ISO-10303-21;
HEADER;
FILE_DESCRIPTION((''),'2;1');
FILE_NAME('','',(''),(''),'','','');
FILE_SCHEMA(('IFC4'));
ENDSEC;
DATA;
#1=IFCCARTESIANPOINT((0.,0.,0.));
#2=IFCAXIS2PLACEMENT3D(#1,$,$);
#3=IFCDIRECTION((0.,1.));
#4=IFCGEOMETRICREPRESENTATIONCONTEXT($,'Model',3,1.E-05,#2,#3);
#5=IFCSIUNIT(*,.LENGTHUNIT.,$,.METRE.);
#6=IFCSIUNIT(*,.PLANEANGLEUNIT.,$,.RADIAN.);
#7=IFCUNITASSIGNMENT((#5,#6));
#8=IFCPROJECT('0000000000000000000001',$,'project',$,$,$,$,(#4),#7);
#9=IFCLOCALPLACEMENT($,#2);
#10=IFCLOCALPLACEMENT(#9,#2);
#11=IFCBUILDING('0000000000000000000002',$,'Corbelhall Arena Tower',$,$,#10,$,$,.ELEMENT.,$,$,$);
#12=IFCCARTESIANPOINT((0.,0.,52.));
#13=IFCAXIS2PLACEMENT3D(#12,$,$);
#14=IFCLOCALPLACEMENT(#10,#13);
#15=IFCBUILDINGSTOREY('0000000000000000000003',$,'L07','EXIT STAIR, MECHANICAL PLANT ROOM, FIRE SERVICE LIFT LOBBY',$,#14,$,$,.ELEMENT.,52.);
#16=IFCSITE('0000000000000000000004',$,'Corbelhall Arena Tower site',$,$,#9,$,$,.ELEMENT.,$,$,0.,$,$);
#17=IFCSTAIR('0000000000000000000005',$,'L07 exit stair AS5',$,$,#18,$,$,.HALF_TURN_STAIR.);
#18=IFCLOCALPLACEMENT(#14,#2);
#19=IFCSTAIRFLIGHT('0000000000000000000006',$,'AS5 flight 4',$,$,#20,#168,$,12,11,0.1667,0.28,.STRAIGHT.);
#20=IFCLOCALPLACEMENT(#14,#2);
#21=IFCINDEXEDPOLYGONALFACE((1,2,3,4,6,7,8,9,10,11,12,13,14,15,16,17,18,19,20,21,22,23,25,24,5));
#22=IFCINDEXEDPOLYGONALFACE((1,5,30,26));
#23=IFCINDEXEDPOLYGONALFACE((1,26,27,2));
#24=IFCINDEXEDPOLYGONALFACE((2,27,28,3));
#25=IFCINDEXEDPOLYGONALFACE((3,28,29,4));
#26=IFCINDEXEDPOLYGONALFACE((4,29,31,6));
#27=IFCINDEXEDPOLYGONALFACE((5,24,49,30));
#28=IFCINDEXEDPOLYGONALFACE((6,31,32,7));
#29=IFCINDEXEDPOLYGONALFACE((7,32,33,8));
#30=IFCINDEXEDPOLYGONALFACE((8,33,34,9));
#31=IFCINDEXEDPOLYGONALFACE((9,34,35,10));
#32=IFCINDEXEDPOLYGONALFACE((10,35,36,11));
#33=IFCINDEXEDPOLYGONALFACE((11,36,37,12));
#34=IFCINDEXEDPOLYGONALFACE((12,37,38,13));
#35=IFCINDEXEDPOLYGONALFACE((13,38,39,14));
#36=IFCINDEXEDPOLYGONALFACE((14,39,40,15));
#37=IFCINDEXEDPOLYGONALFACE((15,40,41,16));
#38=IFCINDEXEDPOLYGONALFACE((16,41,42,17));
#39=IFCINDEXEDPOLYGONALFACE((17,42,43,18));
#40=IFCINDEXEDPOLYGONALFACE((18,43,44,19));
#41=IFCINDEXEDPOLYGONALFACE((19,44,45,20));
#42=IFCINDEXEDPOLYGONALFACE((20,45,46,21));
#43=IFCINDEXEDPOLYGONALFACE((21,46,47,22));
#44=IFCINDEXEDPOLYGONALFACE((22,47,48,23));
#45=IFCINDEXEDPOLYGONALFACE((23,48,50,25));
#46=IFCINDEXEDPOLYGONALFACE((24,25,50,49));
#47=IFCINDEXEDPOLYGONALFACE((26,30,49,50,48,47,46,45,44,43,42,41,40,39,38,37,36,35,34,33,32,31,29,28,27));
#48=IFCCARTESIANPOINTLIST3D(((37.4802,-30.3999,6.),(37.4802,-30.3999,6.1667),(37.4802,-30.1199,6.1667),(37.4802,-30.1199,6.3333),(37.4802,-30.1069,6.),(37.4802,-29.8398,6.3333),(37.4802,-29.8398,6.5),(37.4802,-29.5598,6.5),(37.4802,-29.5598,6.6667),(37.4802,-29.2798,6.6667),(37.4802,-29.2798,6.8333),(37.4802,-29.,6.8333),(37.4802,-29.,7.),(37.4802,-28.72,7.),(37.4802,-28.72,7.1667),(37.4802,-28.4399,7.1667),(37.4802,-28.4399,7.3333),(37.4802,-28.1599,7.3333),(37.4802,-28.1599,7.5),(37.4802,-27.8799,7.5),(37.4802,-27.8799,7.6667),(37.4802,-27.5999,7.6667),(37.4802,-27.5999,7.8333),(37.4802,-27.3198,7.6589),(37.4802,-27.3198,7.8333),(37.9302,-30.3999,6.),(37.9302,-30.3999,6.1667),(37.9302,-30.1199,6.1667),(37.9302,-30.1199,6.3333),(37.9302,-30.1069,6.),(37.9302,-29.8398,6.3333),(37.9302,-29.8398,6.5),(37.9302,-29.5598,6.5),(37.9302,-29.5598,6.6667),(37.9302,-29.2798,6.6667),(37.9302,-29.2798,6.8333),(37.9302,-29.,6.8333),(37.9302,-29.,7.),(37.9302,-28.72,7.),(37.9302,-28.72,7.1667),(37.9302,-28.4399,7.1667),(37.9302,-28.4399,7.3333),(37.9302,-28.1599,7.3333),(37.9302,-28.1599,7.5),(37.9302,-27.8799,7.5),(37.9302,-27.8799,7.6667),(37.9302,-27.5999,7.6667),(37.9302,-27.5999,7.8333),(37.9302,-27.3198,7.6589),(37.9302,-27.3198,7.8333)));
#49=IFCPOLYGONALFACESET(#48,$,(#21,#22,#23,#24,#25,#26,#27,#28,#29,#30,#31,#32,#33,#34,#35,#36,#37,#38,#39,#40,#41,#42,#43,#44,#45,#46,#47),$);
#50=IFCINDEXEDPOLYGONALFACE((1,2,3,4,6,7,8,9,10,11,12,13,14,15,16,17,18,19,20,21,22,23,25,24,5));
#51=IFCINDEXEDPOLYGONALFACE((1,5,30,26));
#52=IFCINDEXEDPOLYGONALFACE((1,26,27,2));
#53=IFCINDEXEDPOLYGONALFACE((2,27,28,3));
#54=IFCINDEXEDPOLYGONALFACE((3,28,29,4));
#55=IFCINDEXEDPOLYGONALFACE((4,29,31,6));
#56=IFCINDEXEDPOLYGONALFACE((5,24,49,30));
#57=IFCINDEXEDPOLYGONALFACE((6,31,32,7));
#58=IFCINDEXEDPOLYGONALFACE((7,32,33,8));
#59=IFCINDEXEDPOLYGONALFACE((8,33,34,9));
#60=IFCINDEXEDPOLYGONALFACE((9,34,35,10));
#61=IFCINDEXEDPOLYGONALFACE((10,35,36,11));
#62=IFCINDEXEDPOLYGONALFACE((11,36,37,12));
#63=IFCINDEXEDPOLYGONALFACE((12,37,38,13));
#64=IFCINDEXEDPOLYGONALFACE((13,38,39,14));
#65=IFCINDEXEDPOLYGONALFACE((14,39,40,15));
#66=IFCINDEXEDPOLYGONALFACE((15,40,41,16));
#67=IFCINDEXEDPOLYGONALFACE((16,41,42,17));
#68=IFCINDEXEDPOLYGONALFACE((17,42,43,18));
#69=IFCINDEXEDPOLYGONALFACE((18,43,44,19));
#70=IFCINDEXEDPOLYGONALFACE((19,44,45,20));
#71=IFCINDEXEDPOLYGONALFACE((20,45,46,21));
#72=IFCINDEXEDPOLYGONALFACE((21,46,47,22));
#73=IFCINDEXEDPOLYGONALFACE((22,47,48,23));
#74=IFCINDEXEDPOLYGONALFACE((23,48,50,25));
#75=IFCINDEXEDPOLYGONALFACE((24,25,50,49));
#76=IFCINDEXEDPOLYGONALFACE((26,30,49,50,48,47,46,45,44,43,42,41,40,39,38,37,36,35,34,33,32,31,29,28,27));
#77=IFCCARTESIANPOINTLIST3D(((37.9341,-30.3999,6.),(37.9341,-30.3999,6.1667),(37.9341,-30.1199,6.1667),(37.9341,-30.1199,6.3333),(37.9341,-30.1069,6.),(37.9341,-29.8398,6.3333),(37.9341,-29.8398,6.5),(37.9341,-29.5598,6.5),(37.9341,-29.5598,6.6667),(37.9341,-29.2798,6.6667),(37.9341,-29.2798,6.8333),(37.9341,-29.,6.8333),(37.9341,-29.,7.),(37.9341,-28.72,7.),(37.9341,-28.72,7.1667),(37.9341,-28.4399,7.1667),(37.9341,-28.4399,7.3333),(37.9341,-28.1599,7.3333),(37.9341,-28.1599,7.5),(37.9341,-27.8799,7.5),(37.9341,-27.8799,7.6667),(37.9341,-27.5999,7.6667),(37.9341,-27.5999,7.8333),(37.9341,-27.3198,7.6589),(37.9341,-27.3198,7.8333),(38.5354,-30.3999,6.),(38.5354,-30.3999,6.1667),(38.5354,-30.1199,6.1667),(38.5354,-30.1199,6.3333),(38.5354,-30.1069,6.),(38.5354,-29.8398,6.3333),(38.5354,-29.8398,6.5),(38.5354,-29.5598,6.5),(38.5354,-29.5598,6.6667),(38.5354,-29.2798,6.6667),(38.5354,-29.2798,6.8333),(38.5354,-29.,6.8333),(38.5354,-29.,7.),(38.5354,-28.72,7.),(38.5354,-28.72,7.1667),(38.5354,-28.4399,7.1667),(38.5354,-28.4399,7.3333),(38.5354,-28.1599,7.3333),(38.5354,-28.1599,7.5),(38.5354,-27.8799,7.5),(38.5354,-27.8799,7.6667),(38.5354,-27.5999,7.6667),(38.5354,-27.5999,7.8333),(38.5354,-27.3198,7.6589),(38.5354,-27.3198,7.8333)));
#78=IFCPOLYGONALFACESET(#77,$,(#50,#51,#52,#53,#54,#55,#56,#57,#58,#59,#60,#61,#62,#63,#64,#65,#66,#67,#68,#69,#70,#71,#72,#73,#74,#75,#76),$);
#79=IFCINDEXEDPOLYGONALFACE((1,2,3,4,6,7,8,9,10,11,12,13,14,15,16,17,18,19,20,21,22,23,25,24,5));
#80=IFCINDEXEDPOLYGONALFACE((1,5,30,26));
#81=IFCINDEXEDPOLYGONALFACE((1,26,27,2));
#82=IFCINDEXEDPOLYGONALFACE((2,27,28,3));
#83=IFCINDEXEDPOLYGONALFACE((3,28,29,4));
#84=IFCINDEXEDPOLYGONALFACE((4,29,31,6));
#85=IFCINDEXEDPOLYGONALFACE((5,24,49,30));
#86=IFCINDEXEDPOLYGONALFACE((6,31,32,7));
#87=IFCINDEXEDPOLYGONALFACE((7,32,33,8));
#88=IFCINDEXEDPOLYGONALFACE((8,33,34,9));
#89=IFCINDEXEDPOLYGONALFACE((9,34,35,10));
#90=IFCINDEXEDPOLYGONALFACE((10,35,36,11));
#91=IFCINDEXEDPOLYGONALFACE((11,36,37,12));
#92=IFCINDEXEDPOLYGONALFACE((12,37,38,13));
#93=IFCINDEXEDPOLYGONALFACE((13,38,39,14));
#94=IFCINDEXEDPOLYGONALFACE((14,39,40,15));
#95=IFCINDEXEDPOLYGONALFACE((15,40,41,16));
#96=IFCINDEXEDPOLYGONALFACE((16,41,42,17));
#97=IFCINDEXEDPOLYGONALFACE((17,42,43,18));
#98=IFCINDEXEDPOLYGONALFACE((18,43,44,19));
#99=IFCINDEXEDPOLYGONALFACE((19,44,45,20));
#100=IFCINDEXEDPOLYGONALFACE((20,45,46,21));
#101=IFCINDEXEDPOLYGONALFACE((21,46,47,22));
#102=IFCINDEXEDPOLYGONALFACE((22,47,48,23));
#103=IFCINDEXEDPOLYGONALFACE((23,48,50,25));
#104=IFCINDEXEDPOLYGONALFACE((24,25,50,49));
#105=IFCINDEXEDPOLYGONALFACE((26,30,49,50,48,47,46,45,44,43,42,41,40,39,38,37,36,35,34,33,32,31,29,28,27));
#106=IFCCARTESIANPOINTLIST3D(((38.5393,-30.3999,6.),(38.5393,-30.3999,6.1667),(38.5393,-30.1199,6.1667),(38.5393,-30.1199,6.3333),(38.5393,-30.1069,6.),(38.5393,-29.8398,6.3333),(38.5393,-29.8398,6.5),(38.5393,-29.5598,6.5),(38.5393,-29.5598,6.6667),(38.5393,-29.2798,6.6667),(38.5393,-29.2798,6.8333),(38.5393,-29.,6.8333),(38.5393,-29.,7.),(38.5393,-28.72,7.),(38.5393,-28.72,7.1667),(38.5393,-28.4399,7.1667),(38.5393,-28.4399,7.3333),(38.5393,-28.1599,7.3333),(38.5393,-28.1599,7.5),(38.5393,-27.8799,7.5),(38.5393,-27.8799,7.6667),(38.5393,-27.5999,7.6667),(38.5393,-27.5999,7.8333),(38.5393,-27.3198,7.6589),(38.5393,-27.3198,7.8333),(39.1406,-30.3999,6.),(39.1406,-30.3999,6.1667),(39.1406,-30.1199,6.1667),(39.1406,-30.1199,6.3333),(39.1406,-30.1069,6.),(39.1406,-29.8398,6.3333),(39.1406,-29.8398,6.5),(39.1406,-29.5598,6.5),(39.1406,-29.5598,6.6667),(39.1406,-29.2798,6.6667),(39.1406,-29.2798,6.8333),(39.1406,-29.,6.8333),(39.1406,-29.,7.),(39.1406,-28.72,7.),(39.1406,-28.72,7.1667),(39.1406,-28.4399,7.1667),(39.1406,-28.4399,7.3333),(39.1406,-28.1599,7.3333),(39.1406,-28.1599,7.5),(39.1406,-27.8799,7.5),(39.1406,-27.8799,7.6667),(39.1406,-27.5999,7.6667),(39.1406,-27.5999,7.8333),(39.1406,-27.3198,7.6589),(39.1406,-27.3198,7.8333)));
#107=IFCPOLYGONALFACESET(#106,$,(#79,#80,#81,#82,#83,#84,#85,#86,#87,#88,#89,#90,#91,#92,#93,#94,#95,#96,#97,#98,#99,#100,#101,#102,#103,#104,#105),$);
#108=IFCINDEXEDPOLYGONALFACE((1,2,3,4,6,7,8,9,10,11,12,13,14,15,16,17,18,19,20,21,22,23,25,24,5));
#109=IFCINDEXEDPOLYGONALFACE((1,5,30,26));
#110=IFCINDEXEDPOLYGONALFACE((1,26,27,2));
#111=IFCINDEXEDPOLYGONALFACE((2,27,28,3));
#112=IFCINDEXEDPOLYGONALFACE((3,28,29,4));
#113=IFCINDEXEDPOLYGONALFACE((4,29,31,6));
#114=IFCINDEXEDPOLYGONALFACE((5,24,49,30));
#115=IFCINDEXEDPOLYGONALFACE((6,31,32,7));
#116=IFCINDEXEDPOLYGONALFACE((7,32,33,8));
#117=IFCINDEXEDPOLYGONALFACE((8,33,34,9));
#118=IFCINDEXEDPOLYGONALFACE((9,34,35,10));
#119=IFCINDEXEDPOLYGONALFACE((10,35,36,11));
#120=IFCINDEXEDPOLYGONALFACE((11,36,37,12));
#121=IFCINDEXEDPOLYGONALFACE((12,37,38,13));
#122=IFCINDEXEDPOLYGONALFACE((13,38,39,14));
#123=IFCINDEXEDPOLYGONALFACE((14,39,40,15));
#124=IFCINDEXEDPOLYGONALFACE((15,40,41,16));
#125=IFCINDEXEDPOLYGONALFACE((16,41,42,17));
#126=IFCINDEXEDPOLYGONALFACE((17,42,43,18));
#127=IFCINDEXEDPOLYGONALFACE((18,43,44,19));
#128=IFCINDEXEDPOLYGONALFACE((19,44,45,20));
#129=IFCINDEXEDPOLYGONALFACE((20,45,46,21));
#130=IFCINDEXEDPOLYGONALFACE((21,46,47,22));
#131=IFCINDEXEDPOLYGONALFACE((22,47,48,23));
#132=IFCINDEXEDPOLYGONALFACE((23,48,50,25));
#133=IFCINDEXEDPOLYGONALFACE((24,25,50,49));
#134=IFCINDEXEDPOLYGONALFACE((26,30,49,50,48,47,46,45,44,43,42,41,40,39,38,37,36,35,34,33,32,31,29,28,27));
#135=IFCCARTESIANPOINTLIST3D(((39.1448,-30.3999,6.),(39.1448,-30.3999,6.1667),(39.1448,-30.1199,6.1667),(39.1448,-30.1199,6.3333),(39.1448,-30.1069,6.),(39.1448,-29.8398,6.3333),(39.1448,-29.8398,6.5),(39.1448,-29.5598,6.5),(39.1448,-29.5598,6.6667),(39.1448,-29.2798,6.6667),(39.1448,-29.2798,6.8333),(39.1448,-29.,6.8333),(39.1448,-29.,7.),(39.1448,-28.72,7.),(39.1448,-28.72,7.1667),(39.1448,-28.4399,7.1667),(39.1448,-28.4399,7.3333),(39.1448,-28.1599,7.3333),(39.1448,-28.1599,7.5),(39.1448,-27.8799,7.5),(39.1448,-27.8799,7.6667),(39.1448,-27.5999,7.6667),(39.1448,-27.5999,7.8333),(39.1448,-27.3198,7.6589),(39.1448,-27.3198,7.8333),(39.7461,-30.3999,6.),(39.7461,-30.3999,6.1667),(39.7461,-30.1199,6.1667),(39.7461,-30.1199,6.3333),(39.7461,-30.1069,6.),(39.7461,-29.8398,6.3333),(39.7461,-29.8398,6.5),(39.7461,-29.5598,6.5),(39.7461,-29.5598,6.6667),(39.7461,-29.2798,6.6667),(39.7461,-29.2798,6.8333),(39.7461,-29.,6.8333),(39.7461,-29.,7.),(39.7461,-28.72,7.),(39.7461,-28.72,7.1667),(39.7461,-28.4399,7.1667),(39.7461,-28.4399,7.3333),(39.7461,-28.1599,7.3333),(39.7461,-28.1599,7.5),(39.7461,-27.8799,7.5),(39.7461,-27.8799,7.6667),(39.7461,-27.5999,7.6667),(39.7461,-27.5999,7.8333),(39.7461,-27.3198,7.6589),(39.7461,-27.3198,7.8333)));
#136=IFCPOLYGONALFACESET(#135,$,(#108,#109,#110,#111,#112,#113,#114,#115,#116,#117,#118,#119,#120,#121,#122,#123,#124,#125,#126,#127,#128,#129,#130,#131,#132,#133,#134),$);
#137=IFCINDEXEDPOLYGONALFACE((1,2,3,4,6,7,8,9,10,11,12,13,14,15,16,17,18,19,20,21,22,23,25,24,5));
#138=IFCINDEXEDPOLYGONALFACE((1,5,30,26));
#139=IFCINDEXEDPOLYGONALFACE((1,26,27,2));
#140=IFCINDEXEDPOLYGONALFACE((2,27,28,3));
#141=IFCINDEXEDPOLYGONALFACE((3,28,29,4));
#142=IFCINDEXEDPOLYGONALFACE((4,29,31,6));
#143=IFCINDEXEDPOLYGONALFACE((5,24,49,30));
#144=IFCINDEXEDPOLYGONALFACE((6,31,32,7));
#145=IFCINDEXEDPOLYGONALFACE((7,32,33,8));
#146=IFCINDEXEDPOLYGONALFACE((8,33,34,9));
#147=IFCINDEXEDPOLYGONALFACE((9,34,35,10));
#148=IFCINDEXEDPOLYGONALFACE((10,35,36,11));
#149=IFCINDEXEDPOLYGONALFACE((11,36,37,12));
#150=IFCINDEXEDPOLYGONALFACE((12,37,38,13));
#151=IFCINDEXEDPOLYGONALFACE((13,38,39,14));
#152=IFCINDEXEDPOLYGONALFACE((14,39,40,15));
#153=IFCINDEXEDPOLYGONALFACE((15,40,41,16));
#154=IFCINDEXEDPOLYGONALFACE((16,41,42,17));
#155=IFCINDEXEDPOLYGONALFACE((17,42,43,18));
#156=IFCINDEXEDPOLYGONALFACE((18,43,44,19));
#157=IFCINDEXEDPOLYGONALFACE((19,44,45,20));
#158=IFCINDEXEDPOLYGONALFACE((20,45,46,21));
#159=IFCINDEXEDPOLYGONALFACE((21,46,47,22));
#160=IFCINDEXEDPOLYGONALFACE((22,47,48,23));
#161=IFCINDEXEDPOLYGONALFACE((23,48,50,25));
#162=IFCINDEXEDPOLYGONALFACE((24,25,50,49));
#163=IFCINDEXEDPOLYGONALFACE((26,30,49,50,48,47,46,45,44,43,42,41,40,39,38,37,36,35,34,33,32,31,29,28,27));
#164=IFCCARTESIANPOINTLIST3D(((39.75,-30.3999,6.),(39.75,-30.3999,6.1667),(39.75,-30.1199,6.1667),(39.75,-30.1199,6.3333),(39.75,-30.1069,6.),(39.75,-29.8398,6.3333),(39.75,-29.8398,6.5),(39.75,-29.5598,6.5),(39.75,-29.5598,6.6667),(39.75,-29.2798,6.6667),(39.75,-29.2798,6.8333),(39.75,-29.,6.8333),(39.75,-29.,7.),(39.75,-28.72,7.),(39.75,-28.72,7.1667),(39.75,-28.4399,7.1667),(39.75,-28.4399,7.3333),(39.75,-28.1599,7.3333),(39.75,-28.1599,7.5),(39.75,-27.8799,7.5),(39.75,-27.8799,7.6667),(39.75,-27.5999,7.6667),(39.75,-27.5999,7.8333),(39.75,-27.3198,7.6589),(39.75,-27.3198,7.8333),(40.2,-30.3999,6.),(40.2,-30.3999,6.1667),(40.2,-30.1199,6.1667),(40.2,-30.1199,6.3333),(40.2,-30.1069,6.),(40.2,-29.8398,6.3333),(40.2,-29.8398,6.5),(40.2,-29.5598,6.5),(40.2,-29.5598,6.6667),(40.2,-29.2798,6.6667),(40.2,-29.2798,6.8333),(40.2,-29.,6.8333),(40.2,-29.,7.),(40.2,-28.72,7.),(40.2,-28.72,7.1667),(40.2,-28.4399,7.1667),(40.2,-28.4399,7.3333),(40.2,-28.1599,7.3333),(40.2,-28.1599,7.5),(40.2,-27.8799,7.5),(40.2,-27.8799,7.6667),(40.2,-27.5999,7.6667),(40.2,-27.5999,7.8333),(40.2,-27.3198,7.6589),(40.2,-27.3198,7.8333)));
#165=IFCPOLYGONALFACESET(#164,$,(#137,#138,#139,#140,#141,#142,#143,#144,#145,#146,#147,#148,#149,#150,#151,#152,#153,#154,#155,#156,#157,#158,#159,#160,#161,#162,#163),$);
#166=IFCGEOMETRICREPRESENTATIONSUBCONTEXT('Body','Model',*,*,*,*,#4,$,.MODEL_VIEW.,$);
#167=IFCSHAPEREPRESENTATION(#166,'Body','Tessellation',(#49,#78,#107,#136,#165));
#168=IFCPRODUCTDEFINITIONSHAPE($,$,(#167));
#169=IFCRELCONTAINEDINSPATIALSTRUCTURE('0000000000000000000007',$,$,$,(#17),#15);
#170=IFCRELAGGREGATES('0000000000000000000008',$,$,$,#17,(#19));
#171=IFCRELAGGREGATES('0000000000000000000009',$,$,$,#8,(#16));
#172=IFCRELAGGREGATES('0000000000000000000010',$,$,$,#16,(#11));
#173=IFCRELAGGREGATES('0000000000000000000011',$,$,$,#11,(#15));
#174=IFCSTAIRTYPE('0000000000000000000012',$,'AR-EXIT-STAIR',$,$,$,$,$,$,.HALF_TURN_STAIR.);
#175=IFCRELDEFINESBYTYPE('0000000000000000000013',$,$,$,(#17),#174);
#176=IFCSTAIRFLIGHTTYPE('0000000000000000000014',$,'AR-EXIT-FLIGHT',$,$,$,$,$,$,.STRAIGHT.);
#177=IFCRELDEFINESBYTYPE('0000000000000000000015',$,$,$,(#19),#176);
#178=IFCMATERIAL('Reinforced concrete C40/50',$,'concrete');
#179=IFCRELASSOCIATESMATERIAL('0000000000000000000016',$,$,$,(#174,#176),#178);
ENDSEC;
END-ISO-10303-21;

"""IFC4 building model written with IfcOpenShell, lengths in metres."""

from ifc_helpers import new_model, si_unit, direction, frame, origin, place, context, subcontext, project, spatial, polyline, outline, extrude, material, type_object, element, aggregate, save


model = new_model("IFC4")

# Units and contexts
model_context = context("Model", 3, precision=1e-05, world=origin(), true_north=direction((0.0, 1.0)))
body_context = subcontext(model_context, "Body", "Model", "MODEL_VIEW")
ifc_project = project(units=[si_unit("LENGTHUNIT", "METRE"), si_unit("PLANEANGLEUNIT", "RADIAN")], contexts=[model_context])

# Site, building, storey
site_placement = place(None, origin())
site = spatial("IfcSite", under=ifc_project, at=site_placement, Name="Corbelhall Arena Tower site", CompositionType="ELEMENT", RefElevation=0.0)
building_placement = place(site_placement, origin())
building = spatial("IfcBuilding", under=site, at=building_placement, Name="Corbelhall Arena Tower", CompositionType="ELEMENT")
storey_placement = place(building_placement, frame((0.0, 0.0, 52.0)))
storey = spatial("IfcBuildingStorey", under=building, at=storey_placement, Name="L07", Description="EXIT STAIR, MECHANICAL PLANT ROOM, FIRE SERVICE LIFT LOBBY", CompositionType="ELEMENT", Elevation=52.0)

# Shared definitions
ifc_material_1 = material(Name="Reinforced concrete C40/50", Category="concrete")

# Stair, stair flight
stair_type = type_object("IfcStairType", Name="AR-EXIT-STAIR", PredefinedType="HALF_TURN_STAIR", material=ifc_material_1)
stair_1_placement = place(storey_placement, origin())
stair_1 = element("IfcStair", 1, at=stair_1_placement, inside=storey, type_object=stair_type, Name="L07 exit stair AS5", PredefinedType="HALF_TURN_STAIR")
stair_flight_type = type_object("IfcStairFlightType", Name="AR-EXIT-FLIGHT", PredefinedType="STRAIGHT", material=ifc_material_1)
stair_flight_1_placement = place(storey_placement, frame((38.8401, -30.3999, 6.0), z_axis=(0.0, 0.0, 1.0), x_axis=(0.0, 1.0, 0.0)))
stair_flight_1 = element("IfcStairFlight", 2, at=stair_flight_1_placement, type_object=stair_flight_type, Name="AS5 flight 4", NumberOfRisers=12, NumberOfTreads=11, PredefinedType="STRAIGHT", RiserHeight=0.1667, TreadLength=0.28, context=body_context, shape_type="SweptSolid", body=[
    extrude(outline(polyline([(0.0, 0.0), (0.0, 0.1667), (0.28, 0.1667), (0.28, 0.3333), (0.5601, 0.3333), (0.5601, 0.5), (0.8401, 0.5), (0.8401, 0.6667), (1.1201, 0.6667), (1.1201, 0.8333), (1.3999, 0.8333), (1.3999, 1.0), (1.6799, 1.0), (1.6799, 1.1667), (1.96, 1.1667), (1.96, 1.3333), (2.24, 1.3333), (2.24, 1.5), (2.52, 1.5), (2.52, 1.6667), (2.8, 1.6667), (2.8, 1.8333), (3.0801, 1.8333), (3.0801, 2.0), (3.0801, 1.6589), (0.293, 0.0), (0.0, 0.0)])), frame((0.0, 1.3599, 0.0), z_axis=(0.0, -1.0, 0.0), x_axis=(1.0, 0.0, 0.0)), (0.0, 0.0, 1.0), 0.45),
    extrude(outline(polyline([(0.0, 0.0), (0.0, 0.1667), (0.28, 0.1667), (0.28, 0.3333), (0.5601, 0.3333), (0.5601, 0.5), (0.8401, 0.5), (0.8401, 0.6667), (1.1201, 0.6667), (1.1201, 0.8333), (1.3999, 0.8333), (1.3999, 1.0), (1.6799, 1.0), (1.6799, 1.1667), (1.96, 1.1667), (1.96, 1.3333), (2.24, 1.3333), (2.24, 1.5), (2.52, 1.5), (2.52, 1.6667), (2.8, 1.6667), (2.8, 1.8333), (3.0801, 1.8333), (3.0801, 2.0), (3.0801, 1.6589), (0.293, 0.0), (0.0, 0.0)])), frame((0.0, 0.906, 0.0), z_axis=(0.0, -1.0, 0.0), x_axis=(1.0, 0.0, 0.0)), (0.0, 0.0, 1.0), 0.6013),
    extrude(outline(polyline([(0.0, 0.0), (0.0, 0.1667), (0.28, 0.1667), (0.28, 0.3333), (0.5601, 0.3333), (0.5601, 0.5), (0.8401, 0.5), (0.8401, 0.6667), (1.1201, 0.6667), (1.1201, 0.8333), (1.3999, 0.8333), (1.3999, 1.0), (1.6799, 1.0), (1.6799, 1.1667), (1.96, 1.1667), (1.96, 1.3333), (2.24, 1.3333), (2.24, 1.5), (2.52, 1.5), (2.52, 1.6667), (2.8, 1.6667), (2.8, 1.8333), (3.0801, 1.8333), (3.0801, 2.0), (3.0801, 1.6589), (0.293, 0.0), (0.0, 0.0)])), frame((0.0, 0.3008, 0.0), z_axis=(0.0, -1.0, 0.0), x_axis=(1.0, 0.0, 0.0)), (0.0, 0.0, 1.0), 0.6013),
    extrude(outline(polyline([(0.0, 0.0), (0.0, 0.1667), (0.28, 0.1667), (0.28, 0.3333), (0.5601, 0.3333), (0.5601, 0.5), (0.8401, 0.5), (0.8401, 0.6667), (1.1201, 0.6667), (1.1201, 0.8333), (1.3999, 0.8333), (1.3999, 1.0), (1.6799, 1.0), (1.6799, 1.1667), (1.96, 1.1667), (1.96, 1.3333), (2.24, 1.3333), (2.24, 1.5), (2.52, 1.5), (2.52, 1.6667), (2.8, 1.6667), (2.8, 1.8333), (3.0801, 1.8333), (3.0801, 2.0), (3.0801, 1.6589), (0.293, 0.0), (0.0, 0.0)])), frame((0.0, -0.3047, 0.0), z_axis=(0.0, -1.0, 0.0), x_axis=(1.0, 0.0, 0.0)), (0.0, 0.0, 1.0), 0.6013),
    extrude(outline(polyline([(0.0, 0.0), (0.0, 0.1667), (0.28, 0.1667), (0.28, 0.3333), (0.5601, 0.3333), (0.5601, 0.5), (0.8401, 0.5), (0.8401, 0.6667), (1.1201, 0.6667), (1.1201, 0.8333), (1.3999, 0.8333), (1.3999, 1.0), (1.6799, 1.0), (1.6799, 1.1667), (1.96, 1.1667), (1.96, 1.3333), (2.24, 1.3333), (2.24, 1.5), (2.52, 1.5), (2.52, 1.6667), (2.8, 1.6667), (2.8, 1.8333), (3.0801, 1.8333), (3.0801, 2.0), (3.0801, 1.6589), (0.293, 0.0), (0.0, 0.0)])), frame((0.0, -0.9099, 0.0), z_axis=(0.0, -1.0, 0.0), x_axis=(1.0, 0.0, 0.0)), (0.0, 0.0, 1.0), 0.45),
])
aggregate(stair_1, [stair_flight_1])

save(model, "model.ifc")
